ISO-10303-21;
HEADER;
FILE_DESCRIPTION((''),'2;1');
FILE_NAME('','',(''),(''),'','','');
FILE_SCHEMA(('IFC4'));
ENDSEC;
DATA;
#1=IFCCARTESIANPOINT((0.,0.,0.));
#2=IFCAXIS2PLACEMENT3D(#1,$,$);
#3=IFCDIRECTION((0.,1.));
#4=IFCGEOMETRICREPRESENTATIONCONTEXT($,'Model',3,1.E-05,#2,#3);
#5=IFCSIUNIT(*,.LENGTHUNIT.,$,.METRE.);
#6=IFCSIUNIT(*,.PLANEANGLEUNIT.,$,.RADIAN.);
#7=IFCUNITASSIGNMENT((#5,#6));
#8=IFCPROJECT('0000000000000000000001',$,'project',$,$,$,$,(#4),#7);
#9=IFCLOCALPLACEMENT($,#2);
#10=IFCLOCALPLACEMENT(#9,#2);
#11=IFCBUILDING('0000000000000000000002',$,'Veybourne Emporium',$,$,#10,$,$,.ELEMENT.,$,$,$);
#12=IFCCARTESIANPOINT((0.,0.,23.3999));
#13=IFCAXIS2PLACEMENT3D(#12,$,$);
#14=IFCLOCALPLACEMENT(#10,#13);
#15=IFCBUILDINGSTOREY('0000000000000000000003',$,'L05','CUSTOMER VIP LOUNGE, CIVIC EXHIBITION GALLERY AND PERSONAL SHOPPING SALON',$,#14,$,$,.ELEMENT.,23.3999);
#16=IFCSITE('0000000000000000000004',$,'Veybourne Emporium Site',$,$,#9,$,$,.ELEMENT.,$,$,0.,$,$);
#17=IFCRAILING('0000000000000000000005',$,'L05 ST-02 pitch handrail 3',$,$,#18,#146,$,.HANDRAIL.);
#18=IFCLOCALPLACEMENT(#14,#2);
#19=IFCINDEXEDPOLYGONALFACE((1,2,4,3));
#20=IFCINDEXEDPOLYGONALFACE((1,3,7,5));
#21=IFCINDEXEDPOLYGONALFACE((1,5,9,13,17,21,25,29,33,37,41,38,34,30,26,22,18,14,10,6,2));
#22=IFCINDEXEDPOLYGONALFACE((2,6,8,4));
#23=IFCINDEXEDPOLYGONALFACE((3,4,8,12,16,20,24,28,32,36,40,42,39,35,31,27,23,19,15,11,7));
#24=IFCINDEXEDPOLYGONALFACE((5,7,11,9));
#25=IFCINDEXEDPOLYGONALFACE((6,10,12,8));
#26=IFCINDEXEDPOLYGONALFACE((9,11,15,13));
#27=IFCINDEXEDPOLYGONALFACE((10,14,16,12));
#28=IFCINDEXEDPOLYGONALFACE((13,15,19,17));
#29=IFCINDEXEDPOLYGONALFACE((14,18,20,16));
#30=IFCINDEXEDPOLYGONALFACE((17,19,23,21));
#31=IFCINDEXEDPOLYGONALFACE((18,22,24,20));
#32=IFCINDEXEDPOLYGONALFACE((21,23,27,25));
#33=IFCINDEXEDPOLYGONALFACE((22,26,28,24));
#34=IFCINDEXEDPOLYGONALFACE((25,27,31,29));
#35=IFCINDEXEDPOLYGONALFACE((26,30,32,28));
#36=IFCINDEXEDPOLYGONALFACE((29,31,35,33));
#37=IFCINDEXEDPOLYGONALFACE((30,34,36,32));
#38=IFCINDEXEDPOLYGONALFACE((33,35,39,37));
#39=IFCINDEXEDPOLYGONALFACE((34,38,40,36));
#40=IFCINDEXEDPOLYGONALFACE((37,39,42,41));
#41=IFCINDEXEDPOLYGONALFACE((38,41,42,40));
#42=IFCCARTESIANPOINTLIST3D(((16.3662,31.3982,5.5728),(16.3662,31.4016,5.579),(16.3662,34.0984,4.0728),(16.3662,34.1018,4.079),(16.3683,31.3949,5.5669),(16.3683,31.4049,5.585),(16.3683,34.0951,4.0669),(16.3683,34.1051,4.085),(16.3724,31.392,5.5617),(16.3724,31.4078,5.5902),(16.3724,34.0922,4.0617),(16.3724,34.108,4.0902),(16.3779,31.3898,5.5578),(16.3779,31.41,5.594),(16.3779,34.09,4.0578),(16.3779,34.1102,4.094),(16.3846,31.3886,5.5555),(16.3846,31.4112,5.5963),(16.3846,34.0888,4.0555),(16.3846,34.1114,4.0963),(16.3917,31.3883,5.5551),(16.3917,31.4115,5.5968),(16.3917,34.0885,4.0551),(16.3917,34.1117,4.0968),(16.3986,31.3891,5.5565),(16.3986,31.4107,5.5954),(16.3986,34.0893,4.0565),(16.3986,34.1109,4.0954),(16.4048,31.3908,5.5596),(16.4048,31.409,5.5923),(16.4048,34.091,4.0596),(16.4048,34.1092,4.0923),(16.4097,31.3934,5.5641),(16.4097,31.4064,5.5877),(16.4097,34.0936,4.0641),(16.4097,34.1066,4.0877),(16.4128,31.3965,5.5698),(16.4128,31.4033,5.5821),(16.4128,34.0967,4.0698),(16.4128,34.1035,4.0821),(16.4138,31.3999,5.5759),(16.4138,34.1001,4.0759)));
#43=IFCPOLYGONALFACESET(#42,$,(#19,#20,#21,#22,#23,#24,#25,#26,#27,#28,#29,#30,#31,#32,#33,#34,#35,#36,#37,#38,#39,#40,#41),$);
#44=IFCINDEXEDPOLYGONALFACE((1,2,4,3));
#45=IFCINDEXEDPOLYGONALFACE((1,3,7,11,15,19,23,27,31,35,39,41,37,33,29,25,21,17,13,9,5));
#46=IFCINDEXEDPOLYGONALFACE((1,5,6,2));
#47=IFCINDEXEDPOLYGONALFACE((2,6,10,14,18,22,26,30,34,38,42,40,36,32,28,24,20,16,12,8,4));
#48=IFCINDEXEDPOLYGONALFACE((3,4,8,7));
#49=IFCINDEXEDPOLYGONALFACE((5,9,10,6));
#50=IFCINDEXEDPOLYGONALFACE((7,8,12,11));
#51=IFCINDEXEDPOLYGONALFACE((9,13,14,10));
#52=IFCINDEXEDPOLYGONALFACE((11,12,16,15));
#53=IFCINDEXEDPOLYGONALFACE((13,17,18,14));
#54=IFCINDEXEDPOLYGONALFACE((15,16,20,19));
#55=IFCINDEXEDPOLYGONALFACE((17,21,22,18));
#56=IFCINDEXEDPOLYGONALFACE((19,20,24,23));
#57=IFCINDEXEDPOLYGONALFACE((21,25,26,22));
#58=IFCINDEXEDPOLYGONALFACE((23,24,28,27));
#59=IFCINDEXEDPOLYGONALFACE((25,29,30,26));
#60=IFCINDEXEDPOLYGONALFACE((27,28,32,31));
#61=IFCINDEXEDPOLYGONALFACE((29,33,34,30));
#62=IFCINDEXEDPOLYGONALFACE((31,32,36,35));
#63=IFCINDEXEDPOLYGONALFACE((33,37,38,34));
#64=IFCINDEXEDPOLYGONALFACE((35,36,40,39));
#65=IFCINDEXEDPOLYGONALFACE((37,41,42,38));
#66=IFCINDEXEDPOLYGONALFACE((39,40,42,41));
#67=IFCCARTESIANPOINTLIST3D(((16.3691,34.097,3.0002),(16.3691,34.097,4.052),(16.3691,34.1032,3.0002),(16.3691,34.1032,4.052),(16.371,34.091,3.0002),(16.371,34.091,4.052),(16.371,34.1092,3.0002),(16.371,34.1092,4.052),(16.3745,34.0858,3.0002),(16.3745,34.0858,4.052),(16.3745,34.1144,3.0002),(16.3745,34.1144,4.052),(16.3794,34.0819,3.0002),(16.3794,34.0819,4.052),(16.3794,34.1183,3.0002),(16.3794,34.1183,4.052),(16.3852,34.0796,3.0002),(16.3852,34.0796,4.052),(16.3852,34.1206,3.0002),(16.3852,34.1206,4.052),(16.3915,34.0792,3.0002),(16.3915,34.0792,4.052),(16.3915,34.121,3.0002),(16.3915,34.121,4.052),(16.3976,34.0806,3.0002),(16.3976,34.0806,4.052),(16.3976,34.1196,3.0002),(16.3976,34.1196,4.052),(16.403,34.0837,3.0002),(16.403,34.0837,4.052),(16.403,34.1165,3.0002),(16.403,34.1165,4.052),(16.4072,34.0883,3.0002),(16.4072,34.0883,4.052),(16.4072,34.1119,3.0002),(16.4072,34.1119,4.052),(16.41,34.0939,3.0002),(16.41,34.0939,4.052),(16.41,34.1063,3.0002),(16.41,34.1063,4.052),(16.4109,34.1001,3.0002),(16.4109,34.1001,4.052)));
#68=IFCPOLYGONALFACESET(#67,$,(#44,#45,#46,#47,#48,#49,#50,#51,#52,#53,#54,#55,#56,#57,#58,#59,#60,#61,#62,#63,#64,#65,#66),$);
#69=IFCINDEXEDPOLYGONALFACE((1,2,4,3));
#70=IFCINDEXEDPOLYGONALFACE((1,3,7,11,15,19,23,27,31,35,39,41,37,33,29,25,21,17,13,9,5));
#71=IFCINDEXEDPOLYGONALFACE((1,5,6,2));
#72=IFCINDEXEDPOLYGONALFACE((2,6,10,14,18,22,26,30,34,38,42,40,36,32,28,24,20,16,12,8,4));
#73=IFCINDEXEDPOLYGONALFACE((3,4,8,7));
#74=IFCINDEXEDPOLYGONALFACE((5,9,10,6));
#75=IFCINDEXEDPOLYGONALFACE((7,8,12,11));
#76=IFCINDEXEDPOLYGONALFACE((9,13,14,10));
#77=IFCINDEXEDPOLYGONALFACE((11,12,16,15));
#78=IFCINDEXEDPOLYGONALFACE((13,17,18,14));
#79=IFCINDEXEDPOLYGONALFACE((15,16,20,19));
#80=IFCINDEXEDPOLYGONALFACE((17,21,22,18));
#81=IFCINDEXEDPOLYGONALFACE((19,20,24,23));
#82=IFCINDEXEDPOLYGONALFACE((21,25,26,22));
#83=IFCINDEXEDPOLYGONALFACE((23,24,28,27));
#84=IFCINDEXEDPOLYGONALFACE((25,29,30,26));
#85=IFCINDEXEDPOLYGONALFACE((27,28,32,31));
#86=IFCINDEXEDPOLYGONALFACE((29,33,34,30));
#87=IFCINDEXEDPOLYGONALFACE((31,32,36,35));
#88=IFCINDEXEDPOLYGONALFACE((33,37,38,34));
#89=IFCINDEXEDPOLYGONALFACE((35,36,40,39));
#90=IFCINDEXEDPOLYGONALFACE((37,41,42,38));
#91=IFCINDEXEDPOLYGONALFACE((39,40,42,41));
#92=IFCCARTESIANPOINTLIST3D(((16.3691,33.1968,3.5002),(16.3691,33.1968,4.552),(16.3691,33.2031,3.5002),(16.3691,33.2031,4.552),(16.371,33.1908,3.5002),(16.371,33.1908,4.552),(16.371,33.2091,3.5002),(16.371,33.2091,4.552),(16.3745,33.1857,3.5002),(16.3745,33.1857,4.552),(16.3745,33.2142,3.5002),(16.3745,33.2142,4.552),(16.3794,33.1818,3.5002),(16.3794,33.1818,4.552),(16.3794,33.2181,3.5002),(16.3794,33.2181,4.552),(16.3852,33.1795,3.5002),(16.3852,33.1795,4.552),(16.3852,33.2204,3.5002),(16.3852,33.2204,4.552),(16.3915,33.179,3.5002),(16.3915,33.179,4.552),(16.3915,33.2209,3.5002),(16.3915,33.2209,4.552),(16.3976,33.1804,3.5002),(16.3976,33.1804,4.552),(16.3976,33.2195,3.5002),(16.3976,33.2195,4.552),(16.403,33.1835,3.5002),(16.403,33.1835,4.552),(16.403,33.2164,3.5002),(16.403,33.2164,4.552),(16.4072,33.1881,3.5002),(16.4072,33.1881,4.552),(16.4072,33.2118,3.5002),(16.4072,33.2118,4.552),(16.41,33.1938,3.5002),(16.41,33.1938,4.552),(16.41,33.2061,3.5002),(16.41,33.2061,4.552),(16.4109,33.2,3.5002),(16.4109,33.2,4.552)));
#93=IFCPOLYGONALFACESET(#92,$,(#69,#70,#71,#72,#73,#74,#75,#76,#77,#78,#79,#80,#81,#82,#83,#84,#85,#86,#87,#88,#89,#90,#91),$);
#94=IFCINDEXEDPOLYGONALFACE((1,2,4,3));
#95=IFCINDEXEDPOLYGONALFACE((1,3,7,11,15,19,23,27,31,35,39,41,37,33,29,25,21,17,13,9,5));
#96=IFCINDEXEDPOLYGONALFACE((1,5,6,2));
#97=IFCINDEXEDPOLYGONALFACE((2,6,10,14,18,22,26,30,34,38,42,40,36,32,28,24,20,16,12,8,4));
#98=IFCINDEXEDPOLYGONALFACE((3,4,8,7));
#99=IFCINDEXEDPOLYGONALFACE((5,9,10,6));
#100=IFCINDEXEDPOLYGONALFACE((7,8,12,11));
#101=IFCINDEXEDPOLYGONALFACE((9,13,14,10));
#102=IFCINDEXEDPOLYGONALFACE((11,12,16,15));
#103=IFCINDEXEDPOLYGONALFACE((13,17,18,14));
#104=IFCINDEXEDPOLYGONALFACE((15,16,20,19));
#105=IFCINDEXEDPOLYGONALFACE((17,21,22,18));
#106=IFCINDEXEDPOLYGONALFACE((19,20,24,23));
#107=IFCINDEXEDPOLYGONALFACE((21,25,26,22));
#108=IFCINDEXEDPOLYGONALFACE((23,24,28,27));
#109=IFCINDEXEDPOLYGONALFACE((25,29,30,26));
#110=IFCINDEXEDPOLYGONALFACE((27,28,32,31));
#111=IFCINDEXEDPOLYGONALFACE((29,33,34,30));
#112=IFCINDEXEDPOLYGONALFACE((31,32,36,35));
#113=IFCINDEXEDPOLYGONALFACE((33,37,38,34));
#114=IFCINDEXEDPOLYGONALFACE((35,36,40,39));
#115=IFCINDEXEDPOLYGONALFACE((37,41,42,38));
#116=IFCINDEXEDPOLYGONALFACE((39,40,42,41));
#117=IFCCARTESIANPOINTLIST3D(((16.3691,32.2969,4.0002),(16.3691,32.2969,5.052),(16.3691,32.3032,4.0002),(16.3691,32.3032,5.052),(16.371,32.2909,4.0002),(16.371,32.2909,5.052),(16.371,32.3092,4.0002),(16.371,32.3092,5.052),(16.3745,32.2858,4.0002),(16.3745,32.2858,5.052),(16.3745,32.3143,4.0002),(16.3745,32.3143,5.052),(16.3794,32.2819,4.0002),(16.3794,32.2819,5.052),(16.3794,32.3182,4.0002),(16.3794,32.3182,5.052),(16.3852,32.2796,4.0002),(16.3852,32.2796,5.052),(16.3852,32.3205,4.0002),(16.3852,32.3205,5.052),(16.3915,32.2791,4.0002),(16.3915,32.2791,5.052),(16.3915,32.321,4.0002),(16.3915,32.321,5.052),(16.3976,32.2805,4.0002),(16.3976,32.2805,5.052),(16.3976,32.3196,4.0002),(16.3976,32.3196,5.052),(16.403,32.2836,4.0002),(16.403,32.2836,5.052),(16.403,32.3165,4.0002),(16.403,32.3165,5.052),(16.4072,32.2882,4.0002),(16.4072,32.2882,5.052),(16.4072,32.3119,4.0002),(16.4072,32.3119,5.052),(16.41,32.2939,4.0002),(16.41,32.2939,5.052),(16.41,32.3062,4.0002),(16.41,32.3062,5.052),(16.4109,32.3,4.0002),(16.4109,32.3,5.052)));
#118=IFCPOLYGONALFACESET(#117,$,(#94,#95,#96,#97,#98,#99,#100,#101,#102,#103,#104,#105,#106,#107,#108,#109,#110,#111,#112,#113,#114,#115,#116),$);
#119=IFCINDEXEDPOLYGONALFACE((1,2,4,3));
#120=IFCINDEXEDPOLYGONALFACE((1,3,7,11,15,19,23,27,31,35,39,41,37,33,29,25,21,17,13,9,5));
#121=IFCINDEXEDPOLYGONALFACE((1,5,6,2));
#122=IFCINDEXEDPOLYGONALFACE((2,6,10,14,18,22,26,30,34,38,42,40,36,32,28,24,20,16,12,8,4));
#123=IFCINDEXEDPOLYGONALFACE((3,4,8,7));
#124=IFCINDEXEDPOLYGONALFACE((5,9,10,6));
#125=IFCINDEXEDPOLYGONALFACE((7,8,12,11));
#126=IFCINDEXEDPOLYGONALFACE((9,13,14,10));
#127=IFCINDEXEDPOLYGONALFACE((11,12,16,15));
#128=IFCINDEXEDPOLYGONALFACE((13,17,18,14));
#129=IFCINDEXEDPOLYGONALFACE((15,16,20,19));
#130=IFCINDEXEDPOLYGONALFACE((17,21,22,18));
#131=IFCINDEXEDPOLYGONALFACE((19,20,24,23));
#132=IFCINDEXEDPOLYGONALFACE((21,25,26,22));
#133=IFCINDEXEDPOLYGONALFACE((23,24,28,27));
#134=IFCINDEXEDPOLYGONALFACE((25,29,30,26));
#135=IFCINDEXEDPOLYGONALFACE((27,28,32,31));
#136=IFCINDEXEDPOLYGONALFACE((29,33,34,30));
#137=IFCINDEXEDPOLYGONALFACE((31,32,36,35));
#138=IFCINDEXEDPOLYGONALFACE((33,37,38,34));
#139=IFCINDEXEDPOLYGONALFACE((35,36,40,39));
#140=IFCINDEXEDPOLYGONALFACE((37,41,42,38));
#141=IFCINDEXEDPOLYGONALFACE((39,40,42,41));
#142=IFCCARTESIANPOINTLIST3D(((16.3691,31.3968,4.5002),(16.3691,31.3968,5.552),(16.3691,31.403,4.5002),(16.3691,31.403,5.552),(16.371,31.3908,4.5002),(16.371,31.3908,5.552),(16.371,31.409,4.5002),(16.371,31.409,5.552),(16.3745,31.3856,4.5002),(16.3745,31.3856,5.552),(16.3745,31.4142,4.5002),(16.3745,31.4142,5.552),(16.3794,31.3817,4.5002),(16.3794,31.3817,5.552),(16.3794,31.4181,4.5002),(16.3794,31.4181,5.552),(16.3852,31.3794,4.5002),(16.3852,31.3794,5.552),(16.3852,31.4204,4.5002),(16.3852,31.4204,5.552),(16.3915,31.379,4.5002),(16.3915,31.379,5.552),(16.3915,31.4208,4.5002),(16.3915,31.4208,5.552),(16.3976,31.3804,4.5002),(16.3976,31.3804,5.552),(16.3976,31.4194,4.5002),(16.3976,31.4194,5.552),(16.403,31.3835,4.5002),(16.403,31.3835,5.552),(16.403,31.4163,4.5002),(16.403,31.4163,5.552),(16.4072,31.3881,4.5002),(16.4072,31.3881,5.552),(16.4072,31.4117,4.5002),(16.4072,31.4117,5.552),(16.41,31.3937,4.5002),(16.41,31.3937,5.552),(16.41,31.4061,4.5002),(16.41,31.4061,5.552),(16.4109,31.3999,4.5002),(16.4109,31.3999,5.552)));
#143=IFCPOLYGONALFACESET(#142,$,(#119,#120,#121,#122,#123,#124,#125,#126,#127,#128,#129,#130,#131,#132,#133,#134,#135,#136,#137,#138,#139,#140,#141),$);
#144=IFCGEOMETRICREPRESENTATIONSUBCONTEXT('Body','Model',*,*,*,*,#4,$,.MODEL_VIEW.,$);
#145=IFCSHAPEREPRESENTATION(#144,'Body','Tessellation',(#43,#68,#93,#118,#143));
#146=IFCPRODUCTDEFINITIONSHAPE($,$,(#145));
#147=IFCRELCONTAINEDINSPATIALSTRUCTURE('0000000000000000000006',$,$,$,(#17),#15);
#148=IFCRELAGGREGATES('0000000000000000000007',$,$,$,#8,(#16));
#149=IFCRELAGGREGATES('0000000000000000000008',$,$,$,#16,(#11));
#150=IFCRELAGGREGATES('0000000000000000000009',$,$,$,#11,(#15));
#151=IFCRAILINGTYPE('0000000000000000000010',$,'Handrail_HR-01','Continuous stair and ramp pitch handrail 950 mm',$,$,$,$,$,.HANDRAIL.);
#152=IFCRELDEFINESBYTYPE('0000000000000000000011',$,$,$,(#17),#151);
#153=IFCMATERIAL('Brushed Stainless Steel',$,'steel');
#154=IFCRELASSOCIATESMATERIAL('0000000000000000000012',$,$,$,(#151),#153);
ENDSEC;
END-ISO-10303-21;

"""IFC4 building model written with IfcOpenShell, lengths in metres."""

from ifc_helpers import new_model, si_unit, direction, frame, origin, origin_2d, place, context, subcontext, project, spatial, circle, extrude, material, type_object, element, save


model = new_model("IFC4")

# Units and contexts
model_context = context("Model", 3, precision=1e-05, world=origin(), true_north=direction((0.0, 1.0)))
body_context = subcontext(model_context, "Body", "Model", "MODEL_VIEW")
ifc_project = project(units=[si_unit("LENGTHUNIT", "METRE"), si_unit("PLANEANGLEUNIT", "RADIAN")], contexts=[model_context])

# Site, building, storey
site_placement = place(None, origin())
site = spatial("IfcSite", under=ifc_project, at=site_placement, Name="Veybourne Emporium Site", CompositionType="ELEMENT", RefElevation=0.0)
building_placement = place(site_placement, origin())
building = spatial("IfcBuilding", under=site, at=building_placement, Name="Veybourne Emporium", CompositionType="ELEMENT")
storey_placement = place(building_placement, frame((0.0, 0.0, 23.3999)))
storey = spatial("IfcBuildingStorey", under=building, at=storey_placement, Name="L05", Description="CUSTOMER VIP LOUNGE, CIVIC EXHIBITION GALLERY AND PERSONAL SHOPPING SALON", CompositionType="ELEMENT", Elevation=23.3999)

# Railing
ifc_material_1 = material(Name="Brushed Stainless Steel", Category="steel")
railing_type_1 = type_object("IfcRailingType", Name="Handrail_HR-01", Description="Continuous stair and ramp pitch handrail 950 mm", PredefinedType="HANDRAIL", material=ifc_material_1)
railing_1_placement = place(storey_placement, frame((16.3899, 34.1001, 3.1501)))
element("IfcRailing", 1, at=railing_1_placement, inside=storey, type_object=railing_type_1, Name="L05 ST-02 pitch handrail 3", PredefinedType="HANDRAIL", context=body_context, shape_type="SweptSolid", body=[
    extrude(circle(Radius=0.0239, at=origin_2d()), frame((0.0, 0.0, 0.9258), z_axis=(0.0, -0.874172, 0.485616), x_axis=(1.0, 0.0, 0.0)), (0.0, 0.0, 1.0), 3.0889),
    extrude(circle(Radius=0.021, at=origin_2d()), frame((0.0, 0.0, -0.1499)), (0.0, 0.0, 1.0), 1.0518),
    extrude(circle(Radius=0.021, at=origin_2d()), frame((0.0, -0.9001, 0.3501)), (0.0, 0.0, 1.0), 1.0518),
    extrude(circle(Radius=0.021, at=origin_2d()), frame((0.0, -1.8, 0.8501)), (0.0, 0.0, 1.0), 1.0518),
    extrude(circle(Radius=0.021, at=origin_2d()), frame((0.0, -2.7002, 1.3501)), (0.0, 0.0, 1.0), 1.0518),
])

save(model, "model.ifc")
